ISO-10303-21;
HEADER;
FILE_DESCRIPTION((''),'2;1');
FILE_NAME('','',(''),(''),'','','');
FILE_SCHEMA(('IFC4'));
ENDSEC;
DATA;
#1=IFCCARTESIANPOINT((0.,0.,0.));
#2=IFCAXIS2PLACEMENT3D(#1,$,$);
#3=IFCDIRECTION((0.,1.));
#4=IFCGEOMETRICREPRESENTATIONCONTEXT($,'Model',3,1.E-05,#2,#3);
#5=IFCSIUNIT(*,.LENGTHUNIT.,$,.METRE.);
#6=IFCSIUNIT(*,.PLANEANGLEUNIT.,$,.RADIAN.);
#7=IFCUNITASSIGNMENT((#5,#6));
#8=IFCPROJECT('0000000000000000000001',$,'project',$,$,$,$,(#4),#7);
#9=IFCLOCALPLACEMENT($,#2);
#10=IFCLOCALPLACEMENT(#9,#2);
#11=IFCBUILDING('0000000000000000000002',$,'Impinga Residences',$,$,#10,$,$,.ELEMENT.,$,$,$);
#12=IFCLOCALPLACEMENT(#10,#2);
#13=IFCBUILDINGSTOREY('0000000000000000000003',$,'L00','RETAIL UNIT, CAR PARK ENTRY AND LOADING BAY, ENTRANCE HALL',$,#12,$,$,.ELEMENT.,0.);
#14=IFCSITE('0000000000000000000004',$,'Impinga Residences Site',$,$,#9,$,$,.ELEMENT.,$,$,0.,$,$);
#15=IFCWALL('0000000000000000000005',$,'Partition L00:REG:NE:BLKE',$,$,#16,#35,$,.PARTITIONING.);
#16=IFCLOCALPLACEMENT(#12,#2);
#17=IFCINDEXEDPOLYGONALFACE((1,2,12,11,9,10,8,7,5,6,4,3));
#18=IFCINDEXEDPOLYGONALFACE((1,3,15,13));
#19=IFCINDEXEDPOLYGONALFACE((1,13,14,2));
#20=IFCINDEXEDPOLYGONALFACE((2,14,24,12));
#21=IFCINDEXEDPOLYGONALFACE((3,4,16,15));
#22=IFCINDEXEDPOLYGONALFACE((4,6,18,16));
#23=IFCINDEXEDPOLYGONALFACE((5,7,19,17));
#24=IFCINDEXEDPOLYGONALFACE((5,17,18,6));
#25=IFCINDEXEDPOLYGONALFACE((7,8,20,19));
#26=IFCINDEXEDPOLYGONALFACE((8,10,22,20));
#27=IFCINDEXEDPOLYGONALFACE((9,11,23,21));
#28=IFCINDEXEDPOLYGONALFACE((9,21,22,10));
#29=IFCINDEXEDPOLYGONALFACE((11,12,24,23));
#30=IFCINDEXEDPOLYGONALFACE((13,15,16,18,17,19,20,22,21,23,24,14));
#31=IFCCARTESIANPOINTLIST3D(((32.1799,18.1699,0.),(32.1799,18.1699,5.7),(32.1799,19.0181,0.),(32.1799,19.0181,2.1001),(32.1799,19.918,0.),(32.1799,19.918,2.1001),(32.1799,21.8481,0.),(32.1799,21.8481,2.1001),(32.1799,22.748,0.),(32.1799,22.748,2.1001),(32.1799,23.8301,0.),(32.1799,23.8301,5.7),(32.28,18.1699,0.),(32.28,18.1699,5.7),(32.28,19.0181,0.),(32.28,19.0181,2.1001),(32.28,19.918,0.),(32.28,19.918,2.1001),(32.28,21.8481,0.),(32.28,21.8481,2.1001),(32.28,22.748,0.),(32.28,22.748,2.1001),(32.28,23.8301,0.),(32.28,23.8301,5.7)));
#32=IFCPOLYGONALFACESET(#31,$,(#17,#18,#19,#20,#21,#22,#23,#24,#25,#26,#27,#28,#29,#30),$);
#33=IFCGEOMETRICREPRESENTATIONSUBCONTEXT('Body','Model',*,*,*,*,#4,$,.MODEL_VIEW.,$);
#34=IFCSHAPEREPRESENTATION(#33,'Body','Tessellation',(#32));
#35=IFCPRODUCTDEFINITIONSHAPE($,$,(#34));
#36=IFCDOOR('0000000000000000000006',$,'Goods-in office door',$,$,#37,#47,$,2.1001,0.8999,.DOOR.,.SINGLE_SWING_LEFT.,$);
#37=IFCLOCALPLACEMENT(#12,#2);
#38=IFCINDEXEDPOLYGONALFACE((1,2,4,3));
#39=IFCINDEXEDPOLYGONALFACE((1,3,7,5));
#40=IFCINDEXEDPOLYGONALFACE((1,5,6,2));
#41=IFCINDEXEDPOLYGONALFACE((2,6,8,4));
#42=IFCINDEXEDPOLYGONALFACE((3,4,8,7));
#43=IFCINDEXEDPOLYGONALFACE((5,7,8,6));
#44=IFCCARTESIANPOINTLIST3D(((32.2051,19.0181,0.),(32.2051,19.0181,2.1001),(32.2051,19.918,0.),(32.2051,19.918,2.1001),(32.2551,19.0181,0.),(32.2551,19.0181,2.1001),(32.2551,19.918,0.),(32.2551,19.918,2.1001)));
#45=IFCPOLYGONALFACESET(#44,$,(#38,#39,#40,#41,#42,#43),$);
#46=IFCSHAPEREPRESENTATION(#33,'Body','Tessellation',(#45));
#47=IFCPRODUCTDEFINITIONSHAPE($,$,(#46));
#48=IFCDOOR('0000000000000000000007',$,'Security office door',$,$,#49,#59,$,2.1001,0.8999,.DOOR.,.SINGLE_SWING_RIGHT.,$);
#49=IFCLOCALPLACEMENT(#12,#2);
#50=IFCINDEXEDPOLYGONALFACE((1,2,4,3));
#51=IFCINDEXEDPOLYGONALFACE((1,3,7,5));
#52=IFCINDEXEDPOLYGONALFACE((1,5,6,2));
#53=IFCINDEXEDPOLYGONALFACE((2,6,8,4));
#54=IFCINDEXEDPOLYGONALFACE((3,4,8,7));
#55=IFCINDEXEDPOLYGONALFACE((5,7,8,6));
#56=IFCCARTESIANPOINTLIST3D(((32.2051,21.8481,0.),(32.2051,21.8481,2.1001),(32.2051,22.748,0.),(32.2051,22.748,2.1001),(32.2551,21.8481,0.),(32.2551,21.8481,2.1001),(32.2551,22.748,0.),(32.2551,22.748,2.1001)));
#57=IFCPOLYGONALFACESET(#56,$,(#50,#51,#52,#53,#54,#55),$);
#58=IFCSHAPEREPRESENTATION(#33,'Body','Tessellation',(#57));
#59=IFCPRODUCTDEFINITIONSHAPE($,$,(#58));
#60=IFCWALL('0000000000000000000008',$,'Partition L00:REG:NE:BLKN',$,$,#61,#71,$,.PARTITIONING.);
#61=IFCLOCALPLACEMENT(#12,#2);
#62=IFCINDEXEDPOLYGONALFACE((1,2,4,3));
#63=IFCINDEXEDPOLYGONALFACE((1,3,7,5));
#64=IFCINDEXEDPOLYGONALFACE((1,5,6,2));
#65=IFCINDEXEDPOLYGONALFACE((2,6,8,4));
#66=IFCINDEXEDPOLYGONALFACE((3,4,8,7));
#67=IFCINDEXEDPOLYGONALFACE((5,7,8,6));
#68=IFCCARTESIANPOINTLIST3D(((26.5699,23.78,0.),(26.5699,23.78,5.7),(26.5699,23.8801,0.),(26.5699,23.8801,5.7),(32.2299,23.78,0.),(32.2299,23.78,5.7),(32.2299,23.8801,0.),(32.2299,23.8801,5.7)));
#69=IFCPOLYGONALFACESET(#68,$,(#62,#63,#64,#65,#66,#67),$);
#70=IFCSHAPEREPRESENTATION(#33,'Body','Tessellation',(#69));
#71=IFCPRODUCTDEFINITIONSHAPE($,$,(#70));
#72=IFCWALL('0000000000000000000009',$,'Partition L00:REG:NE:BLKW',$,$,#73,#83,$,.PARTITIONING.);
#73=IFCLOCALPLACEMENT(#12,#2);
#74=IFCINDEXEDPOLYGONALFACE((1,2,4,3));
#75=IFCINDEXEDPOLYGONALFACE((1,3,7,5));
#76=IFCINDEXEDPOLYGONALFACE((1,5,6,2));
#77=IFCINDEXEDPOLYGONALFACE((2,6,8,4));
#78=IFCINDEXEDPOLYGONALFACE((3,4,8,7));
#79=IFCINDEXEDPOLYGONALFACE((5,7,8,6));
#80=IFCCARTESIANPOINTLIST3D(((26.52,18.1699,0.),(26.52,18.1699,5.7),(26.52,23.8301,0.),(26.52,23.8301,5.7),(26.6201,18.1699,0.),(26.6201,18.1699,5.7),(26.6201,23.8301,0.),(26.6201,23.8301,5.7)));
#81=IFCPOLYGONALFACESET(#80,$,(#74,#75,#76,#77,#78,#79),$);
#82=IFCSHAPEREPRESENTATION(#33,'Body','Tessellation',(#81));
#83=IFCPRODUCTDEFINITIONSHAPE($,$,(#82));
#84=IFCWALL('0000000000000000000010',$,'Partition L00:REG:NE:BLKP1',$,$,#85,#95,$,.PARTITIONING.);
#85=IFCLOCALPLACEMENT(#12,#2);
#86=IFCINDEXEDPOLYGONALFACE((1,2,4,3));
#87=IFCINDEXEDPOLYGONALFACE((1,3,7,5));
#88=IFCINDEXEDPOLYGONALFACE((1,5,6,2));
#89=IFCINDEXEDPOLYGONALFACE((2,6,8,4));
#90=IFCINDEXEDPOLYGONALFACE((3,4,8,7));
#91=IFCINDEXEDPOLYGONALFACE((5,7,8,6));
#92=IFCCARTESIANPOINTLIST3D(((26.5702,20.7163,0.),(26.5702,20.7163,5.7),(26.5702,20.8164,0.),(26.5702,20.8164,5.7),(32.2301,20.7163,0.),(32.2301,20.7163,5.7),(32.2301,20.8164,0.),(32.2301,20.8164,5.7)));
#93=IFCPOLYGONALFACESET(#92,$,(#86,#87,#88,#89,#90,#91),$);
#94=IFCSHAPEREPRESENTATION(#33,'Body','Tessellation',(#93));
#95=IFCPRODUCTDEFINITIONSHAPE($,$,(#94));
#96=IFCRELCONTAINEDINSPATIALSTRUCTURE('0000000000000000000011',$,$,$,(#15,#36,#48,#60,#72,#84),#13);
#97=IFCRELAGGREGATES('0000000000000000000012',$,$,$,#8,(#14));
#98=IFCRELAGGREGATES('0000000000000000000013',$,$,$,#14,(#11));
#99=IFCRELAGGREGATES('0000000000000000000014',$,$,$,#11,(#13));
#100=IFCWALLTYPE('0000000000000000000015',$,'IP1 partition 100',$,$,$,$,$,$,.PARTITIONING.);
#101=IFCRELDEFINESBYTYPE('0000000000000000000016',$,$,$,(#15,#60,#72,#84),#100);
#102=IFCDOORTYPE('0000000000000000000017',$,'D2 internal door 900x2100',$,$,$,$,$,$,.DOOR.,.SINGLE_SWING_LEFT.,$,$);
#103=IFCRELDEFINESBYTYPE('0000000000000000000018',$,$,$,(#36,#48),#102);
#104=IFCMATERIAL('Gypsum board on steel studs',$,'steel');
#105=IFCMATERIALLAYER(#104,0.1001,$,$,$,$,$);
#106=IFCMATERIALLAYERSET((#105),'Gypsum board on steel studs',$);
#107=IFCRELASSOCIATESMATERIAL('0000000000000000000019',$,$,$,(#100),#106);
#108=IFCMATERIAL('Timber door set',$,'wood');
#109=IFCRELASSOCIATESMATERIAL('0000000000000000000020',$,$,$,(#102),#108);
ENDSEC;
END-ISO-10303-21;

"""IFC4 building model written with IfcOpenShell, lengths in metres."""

from ifc_helpers import new_model, si_unit, direction, frame, frame_2d, origin, place, context, subcontext, project, spatial, rectangle, extrude, material, layer, layer_set, type_object, element, fill, save


model = new_model("IFC4")

# Units and contexts
model_context = context("Model", 3, precision=1e-05, world=origin(), true_north=direction((0.0, 1.0)))
body_context = subcontext(model_context, "Body", "Model", "MODEL_VIEW")
ifc_project = project(units=[si_unit("LENGTHUNIT", "METRE"), si_unit("PLANEANGLEUNIT", "RADIAN")], contexts=[model_context])

# Site, building, storey
site_placement = place(None, origin())
site = spatial("IfcSite", under=ifc_project, at=site_placement, Name="Impinga Residences Site", CompositionType="ELEMENT", RefElevation=0.0)
building_placement = place(site_placement, origin())
building = spatial("IfcBuilding", under=site, at=building_placement, Name="Impinga Residences", CompositionType="ELEMENT")
storey_placement = place(building_placement, origin())
storey = spatial("IfcBuildingStorey", under=building, at=storey_placement, Name="L00", Description="RETAIL UNIT, CAR PARK ENTRY AND LOADING BAY, ENTRANCE HALL", CompositionType="ELEMENT", Elevation=0.0)

# Shared definitions
ifc_material_1 = material(Name="Gypsum board on steel studs", Category="steel")
ifc_layer = layer(ifc_material_1, 0.1001)
ifc_layer_set = layer_set([ifc_layer], Name="Gypsum board on steel studs")
wall_type = type_object("IfcWallType", Name="IP1 partition 100", PredefinedType="PARTITIONING", material=ifc_layer_set)

# Wall, openings, doors
wall_1_placement = place(storey_placement, frame((32.23, 18.1699, 0.0), z_axis=(0.0, 0.0, 1.0), x_axis=(0.0, 1.0, 0.0)))
wall_1 = element("IfcWall", 1, at=wall_1_placement, inside=storey, type_object=wall_type, Name="Partition L00:REG:NE:BLKE", PredefinedType="PARTITIONING", context=body_context, shape_type="SweptSolid", body=[
    extrude(rectangle(XDim=5.6602, YDim=0.1001, at=frame_2d((2.8301, 0.0))), origin(), (0.0, 0.0, 1.0), 5.7),
])
opening_1_placement = place(wall_1_placement, frame((0.8481, 0.0, 0.0)))
opening_1 = element("IfcOpeningElement", 2, at=opening_1_placement, cuts=wall_1, PredefinedType="OPENING", context=body_context, shape_type="SweptSolid", body=[
    extrude(rectangle(XDim=0.8999, YDim=2.1001, at=frame_2d((0.45, 1.05))), frame((0.0, 0.0601, 0.0), z_axis=(0.0, -1.0, 0.0), x_axis=(1.0, 0.0, 0.0)), (0.0, 0.0, 1.0), 0.1201),
])
opening_2_placement = place(wall_1_placement, frame((3.6782, 0.0, 0.0)))
opening_2 = element("IfcOpeningElement", 3, at=opening_2_placement, cuts=wall_1, PredefinedType="OPENING", context=body_context, shape_type="SweptSolid", body=[
    extrude(rectangle(XDim=0.8999, YDim=2.1001, at=frame_2d((0.45, 1.05))), frame((0.0, 0.0601, 0.0), z_axis=(0.0, -1.0, 0.0), x_axis=(1.0, 0.0, 0.0)), (0.0, 0.0, 1.0), 0.1201),
])
ifc_material_2 = material(Name="Timber door set", Category="wood")
door_type = type_object("IfcDoorType", Name="D2 internal door 900x2100", OperationType="SINGLE_SWING_LEFT", PredefinedType="DOOR", material=ifc_material_2)
door_1_placement = place(opening_1_placement, origin())
door_1 = element("IfcDoor", 4, at=door_1_placement, inside=storey, type_object=door_type, Name="Goods-in office door", OperationType="SINGLE_SWING_LEFT", OverallHeight=2.1001, OverallWidth=0.8999, PredefinedType="DOOR", context=body_context, shape_type="SweptSolid", body=[
    extrude(rectangle(XDim=0.8999, YDim=2.1001, at=frame_2d((0.45, 1.05))), frame((0.0, 0.0249, 0.0), z_axis=(0.0, -1.0, 0.0), x_axis=(1.0, 0.0, 0.0)), (0.0, 0.0, 1.0), 0.05),
])
fill(opening_1, door_1)
door_2_placement = place(opening_2_placement, origin())
door_2 = element("IfcDoor", 5, at=door_2_placement, inside=storey, type_object=door_type, Name="Security office door", OperationType="SINGLE_SWING_RIGHT", OverallHeight=2.1001, OverallWidth=0.8999, PredefinedType="DOOR", context=body_context, shape_type="SweptSolid", body=[
    extrude(rectangle(XDim=0.8999, YDim=2.1001, at=frame_2d((0.45, 1.05))), frame((0.0, 0.0249, 0.0), z_axis=(0.0, -1.0, 0.0), x_axis=(1.0, 0.0, 0.0)), (0.0, 0.0, 1.0), 0.05),
])
fill(opening_2, door_2)

# Walls
wall_2_placement = place(storey_placement, frame((32.23, 23.8301, 0.0), z_axis=(0.0, 0.0, 1.0), x_axis=(-1.0, 0.0, 0.0)))
element("IfcWall", 6, at=wall_2_placement, inside=storey, type_object=wall_type, Name="Partition L00:REG:NE:BLKN", PredefinedType="PARTITIONING", context=body_context, shape_type="SweptSolid", body=[
    extrude(rectangle(XDim=5.6599, YDim=0.1001, at=frame_2d((2.8301, 0.0))), origin(), (0.0, 0.0, 1.0), 5.7),
])
wall_3_placement = place(storey_placement, frame((26.5701, 23.8301, 0.0), z_axis=(0.0, 0.0, 1.0), x_axis=(0.0, -1.0, 0.0)))
element("IfcWall", 7, at=wall_3_placement, inside=storey, type_object=wall_type, Name="Partition L00:REG:NE:BLKW", PredefinedType="PARTITIONING", context=body_context, shape_type="SweptSolid", body=[
    extrude(rectangle(XDim=5.6602, YDim=0.1001, at=frame_2d((2.8301, 0.0))), origin(), (0.0, 0.0, 1.0), 5.7),
])
wall_4_placement = place(storey_placement, frame((26.5701, 20.7664, 0.0), z_axis=(0.0, 0.0, 1.0), x_axis=(1.0, 0.0, 0.0)))
element("IfcWall", 8, at=wall_4_placement, inside=storey, type_object=wall_type, Name="Partition L00:REG:NE:BLKP1", PredefinedType="PARTITIONING", context=body_context, shape_type="SweptSolid", body=[
    extrude(rectangle(XDim=5.6599, YDim=0.1001, at=frame_2d((2.8301, 0.0))), origin(), (0.0, 0.0, 1.0), 5.7),
])

save(model, "model.ifc")
